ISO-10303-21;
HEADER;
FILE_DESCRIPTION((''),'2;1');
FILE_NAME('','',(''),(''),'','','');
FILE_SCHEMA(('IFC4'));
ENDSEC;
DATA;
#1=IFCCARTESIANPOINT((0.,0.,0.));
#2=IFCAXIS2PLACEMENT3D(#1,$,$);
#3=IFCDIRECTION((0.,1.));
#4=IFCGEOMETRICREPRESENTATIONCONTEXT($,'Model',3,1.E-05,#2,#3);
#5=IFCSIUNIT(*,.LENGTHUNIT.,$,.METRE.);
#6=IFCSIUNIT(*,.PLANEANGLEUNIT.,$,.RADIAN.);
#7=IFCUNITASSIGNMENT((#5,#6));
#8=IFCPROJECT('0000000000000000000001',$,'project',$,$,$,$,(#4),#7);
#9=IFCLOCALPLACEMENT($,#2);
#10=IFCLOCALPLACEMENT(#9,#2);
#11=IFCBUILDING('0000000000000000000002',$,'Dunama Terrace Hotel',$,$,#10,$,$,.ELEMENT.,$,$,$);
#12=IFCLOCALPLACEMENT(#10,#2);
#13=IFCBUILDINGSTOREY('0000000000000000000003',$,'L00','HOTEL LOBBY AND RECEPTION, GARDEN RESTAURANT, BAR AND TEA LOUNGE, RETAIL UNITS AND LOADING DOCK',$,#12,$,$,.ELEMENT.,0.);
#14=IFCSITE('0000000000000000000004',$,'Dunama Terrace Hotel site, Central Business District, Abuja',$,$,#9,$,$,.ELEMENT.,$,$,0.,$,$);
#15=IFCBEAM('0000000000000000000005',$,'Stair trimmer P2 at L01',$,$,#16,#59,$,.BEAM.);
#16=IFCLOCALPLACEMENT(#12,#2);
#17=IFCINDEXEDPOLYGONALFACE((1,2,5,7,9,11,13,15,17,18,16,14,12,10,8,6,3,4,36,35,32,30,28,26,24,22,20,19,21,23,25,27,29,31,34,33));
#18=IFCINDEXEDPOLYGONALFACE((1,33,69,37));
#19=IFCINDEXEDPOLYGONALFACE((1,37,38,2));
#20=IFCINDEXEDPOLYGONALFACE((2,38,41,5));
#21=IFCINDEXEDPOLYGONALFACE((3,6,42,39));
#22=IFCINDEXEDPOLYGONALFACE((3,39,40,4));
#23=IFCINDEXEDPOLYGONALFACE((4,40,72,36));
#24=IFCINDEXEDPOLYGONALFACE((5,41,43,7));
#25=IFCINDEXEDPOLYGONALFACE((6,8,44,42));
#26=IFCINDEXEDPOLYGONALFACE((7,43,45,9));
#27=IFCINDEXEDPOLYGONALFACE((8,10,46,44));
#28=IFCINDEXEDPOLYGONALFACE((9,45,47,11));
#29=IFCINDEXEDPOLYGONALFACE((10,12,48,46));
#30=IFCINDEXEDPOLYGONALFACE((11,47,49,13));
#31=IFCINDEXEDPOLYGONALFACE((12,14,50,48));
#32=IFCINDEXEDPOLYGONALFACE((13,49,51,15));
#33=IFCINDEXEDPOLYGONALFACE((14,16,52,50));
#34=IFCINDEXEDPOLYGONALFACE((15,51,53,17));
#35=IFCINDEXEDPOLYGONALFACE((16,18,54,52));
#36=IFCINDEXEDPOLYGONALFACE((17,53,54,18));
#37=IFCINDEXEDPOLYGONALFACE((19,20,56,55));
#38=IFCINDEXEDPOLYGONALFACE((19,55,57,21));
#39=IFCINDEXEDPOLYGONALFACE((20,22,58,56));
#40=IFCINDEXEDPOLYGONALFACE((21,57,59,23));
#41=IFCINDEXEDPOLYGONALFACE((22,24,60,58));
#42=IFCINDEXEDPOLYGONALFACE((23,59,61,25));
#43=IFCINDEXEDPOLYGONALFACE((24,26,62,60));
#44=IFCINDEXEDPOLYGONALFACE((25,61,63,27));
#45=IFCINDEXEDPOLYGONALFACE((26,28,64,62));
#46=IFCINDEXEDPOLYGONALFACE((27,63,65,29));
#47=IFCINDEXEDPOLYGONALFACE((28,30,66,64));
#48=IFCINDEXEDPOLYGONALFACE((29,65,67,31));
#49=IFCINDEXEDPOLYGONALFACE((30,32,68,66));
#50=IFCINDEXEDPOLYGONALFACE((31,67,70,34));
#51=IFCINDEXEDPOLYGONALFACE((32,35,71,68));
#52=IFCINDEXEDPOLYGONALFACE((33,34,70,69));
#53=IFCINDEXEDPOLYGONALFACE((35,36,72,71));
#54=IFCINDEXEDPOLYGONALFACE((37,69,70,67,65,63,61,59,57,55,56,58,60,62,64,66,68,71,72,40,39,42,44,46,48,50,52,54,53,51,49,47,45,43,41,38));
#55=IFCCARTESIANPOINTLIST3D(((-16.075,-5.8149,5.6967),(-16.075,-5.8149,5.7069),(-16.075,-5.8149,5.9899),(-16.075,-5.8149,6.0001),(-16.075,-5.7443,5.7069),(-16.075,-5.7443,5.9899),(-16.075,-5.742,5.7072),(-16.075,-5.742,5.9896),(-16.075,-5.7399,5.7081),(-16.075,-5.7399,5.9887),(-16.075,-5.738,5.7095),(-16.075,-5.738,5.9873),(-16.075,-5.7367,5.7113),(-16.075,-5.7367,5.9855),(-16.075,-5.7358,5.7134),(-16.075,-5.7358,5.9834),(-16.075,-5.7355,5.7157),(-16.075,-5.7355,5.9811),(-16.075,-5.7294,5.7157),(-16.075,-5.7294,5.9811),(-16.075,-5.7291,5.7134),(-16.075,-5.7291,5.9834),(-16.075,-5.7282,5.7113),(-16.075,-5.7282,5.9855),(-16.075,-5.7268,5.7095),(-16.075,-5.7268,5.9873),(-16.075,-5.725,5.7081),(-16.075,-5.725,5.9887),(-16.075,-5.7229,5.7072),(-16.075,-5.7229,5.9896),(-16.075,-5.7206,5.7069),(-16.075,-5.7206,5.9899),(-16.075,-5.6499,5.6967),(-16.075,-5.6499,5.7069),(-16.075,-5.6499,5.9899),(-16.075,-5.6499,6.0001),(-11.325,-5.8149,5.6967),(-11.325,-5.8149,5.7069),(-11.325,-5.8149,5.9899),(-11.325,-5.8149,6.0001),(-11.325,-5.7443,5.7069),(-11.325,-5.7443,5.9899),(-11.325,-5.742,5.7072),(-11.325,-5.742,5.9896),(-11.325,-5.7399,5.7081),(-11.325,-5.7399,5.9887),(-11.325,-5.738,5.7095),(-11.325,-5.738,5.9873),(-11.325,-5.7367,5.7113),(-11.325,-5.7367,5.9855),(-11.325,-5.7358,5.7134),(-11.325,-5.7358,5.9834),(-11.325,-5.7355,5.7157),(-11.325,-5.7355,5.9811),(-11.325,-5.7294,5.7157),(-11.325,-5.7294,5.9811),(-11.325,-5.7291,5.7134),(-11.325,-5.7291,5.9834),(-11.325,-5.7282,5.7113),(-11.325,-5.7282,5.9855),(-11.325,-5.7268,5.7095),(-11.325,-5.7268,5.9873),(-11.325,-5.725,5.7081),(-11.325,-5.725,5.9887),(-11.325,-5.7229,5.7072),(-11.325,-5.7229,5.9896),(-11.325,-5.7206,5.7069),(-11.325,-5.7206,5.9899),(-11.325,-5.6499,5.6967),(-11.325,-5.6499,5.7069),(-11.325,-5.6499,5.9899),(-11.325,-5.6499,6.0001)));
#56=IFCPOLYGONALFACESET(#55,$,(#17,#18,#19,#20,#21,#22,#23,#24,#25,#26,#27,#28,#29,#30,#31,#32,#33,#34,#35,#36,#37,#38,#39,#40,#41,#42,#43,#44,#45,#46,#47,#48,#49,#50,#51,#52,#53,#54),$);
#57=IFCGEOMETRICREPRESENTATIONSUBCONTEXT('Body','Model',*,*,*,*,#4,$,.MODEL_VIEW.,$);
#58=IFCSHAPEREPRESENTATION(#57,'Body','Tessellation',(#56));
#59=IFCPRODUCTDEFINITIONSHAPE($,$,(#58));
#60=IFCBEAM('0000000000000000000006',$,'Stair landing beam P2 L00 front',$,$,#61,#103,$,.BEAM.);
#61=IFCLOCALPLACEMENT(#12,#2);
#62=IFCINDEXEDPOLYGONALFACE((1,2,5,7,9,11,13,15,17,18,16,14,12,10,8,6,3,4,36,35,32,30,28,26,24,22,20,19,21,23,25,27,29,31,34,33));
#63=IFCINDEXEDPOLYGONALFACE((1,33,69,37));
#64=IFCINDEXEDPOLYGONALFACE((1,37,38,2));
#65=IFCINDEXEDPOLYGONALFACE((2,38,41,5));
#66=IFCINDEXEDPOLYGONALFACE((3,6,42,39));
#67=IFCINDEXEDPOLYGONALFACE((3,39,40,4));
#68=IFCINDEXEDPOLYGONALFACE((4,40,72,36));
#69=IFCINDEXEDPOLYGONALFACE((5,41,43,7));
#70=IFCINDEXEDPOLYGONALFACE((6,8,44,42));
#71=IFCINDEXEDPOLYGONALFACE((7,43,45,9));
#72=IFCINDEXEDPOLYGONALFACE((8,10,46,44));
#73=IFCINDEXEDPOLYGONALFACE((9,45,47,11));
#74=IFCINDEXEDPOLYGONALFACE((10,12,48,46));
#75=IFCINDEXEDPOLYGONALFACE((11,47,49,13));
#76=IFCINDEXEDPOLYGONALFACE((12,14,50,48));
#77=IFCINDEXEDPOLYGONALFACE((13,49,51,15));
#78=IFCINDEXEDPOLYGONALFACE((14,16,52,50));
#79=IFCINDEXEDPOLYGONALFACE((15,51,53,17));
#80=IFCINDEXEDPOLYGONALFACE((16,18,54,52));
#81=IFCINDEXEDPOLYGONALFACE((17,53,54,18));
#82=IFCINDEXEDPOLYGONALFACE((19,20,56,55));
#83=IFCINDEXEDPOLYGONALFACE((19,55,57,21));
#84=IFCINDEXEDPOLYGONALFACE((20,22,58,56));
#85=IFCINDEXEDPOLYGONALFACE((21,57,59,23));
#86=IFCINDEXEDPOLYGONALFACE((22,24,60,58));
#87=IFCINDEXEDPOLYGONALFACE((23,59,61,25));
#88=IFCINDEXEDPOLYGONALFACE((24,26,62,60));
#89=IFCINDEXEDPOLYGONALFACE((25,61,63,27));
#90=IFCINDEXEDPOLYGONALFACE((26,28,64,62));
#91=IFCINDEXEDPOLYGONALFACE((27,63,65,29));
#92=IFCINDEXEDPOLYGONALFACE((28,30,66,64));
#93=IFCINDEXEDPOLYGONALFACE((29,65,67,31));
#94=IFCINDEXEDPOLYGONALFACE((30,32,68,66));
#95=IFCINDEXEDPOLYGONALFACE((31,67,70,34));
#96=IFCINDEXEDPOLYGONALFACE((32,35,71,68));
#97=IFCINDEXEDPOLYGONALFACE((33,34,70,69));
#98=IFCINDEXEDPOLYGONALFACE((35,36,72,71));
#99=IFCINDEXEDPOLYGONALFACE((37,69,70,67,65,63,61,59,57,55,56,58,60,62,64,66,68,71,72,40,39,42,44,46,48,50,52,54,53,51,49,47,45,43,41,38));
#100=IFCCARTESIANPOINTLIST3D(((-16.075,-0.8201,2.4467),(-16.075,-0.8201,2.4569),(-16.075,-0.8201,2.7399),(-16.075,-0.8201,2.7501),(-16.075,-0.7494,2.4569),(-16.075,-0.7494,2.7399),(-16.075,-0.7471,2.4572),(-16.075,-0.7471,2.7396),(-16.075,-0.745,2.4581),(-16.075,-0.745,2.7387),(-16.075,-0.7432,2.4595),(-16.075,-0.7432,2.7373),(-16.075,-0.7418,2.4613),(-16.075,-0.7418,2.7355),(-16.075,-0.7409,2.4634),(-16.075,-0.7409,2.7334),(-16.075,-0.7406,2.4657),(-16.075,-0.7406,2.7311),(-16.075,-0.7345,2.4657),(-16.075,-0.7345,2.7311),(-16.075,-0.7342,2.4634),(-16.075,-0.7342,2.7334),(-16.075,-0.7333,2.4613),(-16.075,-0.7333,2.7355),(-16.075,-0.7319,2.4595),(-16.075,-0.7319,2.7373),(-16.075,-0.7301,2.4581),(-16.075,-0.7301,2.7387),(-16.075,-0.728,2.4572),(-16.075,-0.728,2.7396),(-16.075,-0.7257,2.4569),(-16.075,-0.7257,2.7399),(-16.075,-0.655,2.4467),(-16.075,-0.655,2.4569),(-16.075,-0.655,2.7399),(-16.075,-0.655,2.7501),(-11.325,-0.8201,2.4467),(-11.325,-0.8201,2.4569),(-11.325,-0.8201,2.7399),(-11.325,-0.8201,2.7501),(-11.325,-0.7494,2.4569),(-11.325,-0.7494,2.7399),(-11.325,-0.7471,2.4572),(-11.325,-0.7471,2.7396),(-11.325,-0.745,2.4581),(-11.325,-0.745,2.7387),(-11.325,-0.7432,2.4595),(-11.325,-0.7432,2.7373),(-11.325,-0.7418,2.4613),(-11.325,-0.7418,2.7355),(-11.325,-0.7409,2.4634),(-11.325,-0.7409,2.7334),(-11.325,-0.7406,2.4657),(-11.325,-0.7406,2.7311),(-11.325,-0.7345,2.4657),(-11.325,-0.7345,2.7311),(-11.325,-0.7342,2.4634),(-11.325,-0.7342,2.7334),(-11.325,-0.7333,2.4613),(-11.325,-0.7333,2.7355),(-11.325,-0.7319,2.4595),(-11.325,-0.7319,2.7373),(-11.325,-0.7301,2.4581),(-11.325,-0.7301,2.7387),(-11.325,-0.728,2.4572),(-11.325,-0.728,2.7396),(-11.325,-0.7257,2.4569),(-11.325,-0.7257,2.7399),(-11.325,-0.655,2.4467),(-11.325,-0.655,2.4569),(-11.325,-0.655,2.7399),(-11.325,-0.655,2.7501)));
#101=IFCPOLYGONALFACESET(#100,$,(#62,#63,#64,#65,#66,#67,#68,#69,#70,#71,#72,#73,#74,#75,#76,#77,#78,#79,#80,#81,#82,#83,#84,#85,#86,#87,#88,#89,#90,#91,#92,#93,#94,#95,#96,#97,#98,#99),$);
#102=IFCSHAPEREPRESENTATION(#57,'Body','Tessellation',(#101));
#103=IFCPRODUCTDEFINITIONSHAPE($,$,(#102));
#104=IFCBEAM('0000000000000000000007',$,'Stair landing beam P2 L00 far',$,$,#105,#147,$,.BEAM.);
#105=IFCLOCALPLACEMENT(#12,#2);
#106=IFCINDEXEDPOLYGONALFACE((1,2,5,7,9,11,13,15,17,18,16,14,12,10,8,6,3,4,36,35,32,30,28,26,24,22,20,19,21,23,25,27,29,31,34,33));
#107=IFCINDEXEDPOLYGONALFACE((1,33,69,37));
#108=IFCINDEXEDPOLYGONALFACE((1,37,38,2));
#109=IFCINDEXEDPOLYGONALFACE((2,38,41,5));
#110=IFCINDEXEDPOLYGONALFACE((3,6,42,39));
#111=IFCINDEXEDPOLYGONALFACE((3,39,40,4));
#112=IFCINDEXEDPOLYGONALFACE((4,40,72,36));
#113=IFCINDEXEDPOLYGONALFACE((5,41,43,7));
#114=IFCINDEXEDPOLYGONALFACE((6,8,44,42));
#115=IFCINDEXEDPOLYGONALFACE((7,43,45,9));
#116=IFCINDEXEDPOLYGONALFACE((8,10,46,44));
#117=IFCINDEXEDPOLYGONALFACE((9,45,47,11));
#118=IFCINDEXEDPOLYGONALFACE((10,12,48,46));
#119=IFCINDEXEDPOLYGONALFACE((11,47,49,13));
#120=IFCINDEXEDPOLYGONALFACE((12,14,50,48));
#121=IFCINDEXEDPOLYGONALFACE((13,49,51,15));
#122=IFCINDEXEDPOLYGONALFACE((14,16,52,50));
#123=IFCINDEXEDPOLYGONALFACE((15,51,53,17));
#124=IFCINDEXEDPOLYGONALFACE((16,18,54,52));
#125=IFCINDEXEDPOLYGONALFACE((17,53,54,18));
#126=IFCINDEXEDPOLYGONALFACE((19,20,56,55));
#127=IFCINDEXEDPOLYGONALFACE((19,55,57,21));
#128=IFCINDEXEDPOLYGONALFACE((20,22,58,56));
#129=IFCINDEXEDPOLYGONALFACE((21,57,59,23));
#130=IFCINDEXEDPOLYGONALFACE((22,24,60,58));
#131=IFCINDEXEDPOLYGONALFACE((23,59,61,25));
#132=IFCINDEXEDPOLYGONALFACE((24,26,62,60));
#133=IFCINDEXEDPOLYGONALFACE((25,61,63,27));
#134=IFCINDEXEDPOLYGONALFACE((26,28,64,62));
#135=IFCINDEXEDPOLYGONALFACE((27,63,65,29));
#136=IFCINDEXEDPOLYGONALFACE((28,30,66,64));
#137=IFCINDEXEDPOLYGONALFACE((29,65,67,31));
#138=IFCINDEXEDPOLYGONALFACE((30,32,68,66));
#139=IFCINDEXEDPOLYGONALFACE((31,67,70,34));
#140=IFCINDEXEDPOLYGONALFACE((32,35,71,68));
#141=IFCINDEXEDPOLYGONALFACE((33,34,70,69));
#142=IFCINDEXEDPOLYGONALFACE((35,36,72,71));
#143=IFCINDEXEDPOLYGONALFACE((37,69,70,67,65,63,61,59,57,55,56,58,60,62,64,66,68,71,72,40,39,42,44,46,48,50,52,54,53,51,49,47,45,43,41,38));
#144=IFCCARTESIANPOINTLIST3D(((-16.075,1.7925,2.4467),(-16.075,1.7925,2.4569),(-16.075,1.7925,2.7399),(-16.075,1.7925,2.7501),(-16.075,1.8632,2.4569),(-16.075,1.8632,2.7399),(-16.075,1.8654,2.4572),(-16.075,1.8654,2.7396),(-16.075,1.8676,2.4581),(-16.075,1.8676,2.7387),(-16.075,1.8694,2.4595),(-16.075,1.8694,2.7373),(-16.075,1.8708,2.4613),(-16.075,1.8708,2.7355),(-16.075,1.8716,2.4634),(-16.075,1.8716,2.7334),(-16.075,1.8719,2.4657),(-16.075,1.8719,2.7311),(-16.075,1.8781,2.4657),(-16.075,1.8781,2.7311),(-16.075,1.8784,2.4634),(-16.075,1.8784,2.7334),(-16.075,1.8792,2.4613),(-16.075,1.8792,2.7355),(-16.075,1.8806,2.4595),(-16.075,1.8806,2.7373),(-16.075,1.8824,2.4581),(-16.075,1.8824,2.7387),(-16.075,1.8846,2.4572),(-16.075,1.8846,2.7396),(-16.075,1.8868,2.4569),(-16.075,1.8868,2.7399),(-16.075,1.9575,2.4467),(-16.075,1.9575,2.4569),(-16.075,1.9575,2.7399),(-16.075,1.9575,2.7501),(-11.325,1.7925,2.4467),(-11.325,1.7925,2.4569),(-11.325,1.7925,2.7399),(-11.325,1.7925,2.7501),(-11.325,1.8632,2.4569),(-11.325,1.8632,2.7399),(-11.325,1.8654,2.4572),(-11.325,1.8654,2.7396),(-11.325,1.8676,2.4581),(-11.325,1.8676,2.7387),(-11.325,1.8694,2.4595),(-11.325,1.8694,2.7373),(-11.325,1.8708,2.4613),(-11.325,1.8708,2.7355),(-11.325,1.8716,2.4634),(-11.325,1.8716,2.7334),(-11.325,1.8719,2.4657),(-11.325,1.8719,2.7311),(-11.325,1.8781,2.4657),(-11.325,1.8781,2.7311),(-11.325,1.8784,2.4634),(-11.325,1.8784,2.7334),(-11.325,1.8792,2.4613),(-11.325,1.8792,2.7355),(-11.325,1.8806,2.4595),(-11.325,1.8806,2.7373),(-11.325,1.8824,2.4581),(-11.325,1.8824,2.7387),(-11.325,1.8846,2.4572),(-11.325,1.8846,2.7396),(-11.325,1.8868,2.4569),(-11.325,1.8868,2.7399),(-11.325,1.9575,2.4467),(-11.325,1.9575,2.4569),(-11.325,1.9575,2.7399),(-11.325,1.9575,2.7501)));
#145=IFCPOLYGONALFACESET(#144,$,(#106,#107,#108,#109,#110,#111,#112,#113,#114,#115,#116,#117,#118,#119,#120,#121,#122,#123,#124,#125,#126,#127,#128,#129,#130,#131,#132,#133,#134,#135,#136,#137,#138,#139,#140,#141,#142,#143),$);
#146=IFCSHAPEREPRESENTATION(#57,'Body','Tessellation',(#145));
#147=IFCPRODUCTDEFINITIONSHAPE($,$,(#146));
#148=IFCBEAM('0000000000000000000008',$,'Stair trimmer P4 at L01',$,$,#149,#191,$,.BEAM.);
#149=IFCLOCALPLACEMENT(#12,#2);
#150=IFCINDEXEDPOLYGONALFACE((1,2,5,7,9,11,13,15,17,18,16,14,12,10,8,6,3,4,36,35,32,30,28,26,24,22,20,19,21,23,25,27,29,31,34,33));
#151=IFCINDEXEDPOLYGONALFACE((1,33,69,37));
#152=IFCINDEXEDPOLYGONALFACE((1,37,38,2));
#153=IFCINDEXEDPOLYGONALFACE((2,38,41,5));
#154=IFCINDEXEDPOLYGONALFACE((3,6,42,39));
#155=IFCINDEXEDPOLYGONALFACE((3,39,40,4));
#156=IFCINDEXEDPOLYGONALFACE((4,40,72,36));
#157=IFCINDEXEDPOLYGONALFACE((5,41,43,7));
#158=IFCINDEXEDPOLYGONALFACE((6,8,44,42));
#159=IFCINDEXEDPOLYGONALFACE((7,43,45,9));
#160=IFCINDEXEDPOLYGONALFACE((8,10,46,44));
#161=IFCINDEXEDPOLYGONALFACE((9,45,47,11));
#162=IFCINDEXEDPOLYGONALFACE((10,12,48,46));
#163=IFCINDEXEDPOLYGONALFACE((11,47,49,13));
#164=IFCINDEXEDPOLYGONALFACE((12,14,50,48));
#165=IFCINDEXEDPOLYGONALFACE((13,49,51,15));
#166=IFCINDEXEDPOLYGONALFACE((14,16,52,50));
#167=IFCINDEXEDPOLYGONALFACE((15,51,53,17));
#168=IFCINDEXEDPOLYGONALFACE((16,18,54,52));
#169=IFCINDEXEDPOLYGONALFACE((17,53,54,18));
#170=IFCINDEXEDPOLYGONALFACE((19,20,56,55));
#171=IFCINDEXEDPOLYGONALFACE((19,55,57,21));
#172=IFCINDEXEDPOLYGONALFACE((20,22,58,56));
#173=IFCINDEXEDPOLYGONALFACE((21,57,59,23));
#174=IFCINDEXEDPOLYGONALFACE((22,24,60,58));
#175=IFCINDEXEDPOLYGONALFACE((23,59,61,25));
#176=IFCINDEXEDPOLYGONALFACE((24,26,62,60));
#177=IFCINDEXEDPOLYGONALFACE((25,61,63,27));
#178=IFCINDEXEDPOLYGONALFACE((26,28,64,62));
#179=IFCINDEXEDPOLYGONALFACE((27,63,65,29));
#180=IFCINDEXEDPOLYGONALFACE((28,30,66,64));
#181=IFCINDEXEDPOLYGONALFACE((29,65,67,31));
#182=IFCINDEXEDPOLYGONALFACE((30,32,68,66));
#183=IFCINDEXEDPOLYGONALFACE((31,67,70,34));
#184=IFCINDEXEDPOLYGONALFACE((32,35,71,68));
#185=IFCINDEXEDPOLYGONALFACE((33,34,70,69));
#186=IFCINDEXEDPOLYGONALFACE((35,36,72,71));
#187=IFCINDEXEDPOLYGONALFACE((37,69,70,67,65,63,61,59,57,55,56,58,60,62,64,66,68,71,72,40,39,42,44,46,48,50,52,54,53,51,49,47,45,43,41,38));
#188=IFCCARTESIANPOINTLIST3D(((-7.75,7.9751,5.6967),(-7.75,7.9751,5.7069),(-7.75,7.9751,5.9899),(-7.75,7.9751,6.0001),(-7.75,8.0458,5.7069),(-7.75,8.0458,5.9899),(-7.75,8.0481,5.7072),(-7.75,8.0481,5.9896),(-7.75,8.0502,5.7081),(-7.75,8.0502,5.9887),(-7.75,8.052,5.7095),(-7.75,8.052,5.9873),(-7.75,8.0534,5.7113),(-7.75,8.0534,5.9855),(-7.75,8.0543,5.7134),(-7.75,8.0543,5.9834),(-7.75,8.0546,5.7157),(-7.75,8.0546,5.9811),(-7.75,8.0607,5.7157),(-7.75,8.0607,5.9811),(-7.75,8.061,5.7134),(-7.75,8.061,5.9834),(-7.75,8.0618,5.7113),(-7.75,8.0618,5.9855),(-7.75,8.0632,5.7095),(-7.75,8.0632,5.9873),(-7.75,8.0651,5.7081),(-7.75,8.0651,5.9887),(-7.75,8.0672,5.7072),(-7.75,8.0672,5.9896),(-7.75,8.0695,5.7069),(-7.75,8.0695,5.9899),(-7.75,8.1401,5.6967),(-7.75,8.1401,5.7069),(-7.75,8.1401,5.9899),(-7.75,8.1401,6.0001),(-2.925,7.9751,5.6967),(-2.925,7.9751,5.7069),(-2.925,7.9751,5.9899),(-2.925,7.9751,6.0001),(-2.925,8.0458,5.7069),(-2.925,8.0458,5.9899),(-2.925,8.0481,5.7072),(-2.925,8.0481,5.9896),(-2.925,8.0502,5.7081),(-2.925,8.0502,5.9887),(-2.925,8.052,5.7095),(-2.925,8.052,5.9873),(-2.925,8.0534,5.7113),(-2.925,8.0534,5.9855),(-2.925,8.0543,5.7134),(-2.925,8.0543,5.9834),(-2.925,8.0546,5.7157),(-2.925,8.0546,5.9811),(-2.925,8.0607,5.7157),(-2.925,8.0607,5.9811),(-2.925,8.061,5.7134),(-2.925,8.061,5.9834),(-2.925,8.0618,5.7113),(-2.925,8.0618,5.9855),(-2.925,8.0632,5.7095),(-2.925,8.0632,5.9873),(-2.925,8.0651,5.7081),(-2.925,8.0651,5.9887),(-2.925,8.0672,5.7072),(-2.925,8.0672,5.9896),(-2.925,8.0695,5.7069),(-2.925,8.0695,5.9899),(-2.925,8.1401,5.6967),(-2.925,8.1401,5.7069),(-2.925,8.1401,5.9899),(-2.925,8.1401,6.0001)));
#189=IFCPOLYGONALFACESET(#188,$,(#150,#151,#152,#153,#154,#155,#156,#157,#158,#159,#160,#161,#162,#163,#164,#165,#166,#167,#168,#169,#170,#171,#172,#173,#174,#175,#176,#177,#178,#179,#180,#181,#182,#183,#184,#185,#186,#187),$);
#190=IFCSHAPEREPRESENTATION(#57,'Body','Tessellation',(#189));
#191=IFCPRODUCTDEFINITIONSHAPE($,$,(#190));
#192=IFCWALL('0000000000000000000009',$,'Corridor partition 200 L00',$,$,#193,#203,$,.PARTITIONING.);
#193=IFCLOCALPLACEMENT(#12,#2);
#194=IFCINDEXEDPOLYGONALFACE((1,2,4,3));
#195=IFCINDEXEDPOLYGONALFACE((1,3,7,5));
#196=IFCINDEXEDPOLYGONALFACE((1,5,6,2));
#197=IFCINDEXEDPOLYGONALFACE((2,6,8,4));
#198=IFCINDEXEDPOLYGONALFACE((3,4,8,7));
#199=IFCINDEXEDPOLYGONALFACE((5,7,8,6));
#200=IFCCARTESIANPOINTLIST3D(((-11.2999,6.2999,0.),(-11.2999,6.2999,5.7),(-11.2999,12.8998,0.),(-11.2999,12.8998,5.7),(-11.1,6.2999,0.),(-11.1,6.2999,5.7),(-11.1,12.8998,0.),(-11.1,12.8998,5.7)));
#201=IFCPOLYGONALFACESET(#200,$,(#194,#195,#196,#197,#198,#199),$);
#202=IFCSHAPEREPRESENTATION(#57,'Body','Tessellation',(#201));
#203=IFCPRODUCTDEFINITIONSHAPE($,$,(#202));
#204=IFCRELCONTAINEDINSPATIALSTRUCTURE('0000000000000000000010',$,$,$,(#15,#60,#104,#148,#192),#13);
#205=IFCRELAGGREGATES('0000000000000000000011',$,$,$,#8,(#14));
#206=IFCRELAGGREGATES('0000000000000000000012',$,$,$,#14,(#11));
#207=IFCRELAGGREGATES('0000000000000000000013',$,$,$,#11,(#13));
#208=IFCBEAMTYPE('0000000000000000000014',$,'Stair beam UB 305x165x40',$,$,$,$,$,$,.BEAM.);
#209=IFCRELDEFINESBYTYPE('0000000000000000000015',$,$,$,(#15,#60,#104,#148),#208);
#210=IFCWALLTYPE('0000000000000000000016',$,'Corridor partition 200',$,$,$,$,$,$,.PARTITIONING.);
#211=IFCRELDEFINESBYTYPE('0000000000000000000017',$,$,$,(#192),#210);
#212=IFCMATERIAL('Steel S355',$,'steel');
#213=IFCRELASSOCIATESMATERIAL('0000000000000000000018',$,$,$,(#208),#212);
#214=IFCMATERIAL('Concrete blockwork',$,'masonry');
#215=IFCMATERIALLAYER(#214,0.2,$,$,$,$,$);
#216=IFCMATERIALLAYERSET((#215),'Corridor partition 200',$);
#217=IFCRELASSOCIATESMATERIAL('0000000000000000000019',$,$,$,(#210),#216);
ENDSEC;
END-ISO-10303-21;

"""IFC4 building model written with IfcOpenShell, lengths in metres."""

from ifc_helpers import new_model, si_unit, direction, frame, frame_2d, origin, origin_2d, place, context, subcontext, project, spatial, rectangle, i_section, extrude, material, layer, layer_set, material_profile, profile_set, type_object, element, save


model = new_model("IFC4")

# Units and contexts
model_context = context("Model", 3, precision=1e-05, world=origin(), true_north=direction((0.0, 1.0)))
body_context = subcontext(model_context, "Body", "Model", "MODEL_VIEW")
ifc_project = project(units=[si_unit("LENGTHUNIT", "METRE"), si_unit("PLANEANGLEUNIT", "RADIAN")], contexts=[model_context])

# Site, building, storey
site_placement = place(None, origin())
site = spatial("IfcSite", under=ifc_project, at=site_placement, Name="Dunama Terrace Hotel site, Central Business District, Abuja", CompositionType="ELEMENT", RefElevation=0.0)
building_placement = place(site_placement, origin())
building = spatial("IfcBuilding", under=site, at=building_placement, Name="Dunama Terrace Hotel", CompositionType="ELEMENT")
storey_placement = place(building_placement, origin())
storey = spatial("IfcBuildingStorey", under=building, at=storey_placement, Name="L00", Description="HOTEL LOBBY AND RECEPTION, GARDEN RESTAURANT, BAR AND TEA LOUNGE, RETAIL UNITS AND LOADING DOCK", CompositionType="ELEMENT", Elevation=0.0)

# Beams
ifc_material_1 = material(Name="Steel S355", Category="steel")
ifc_material_profile_1 = material_profile(ifc_material_1, i_section(OverallWidth=0.165, OverallDepth=0.3035, WebThickness=0.0061, FlangeThickness=0.0103, FilletRadius=0.0088, at=origin_2d()), Name="UB 305x165x40")
ifc_profile_set_1 = profile_set([ifc_material_profile_1], Name="Steel S355")
beam_type = type_object("IfcBeamType", Name="Stair beam UB 305x165x40", PredefinedType="BEAM", material=ifc_profile_set_1)
for number, where, z_axis, x_axis, name in (
    (1, (-16.075, -5.7324, 5.8484), (1.0, 0.0, 0.0), (0.0, 1.0, 0.0), "Stair trimmer P2 at L01"),
    (2, (-16.075, -0.7375, 2.5984), (1.0, 0.0, 0.0), (0.0, 1.0, 0.0), "Stair landing beam P2 L00 front"),
    (3, (-16.075, 1.875, 2.5984), (1.0, 0.0, 0.0), (0.0, 1.0, 0.0), "Stair landing beam P2 L00 far"),
):
    element("IfcBeam", number, at=place(storey_placement, frame(where, z_axis=z_axis, x_axis=x_axis)), inside=storey, type_object=beam_type, Name=name, PredefinedType="BEAM", context=body_context, shape_type="SweptSolid", body=[
        extrude(i_section(OverallWidth=0.165, OverallDepth=0.3035, WebThickness=0.0061, FlangeThickness=0.0103, FilletRadius=0.0088, at=origin_2d()), origin(), (0.0, 0.0, 1.0), 4.75),
    ])
beam_placement = place(storey_placement, frame((-7.75, 8.0576, 5.8484), z_axis=(1.0, 0.0, 0.0), x_axis=(0.0, 1.0, 0.0)))
element("IfcBeam", 4, at=beam_placement, inside=storey, type_object=beam_type, Name="Stair trimmer P4 at L01", PredefinedType="BEAM", context=body_context, shape_type="SweptSolid", body=[
    extrude(i_section(OverallWidth=0.165, OverallDepth=0.3035, WebThickness=0.0061, FlangeThickness=0.0103, FilletRadius=0.0088, at=origin_2d()), origin(), (0.0, 0.0, 1.0), 4.825),
])

# Wall
ifc_material_2 = material(Name="Concrete blockwork", Category="masonry")
ifc_layer_1 = layer(ifc_material_2, 0.2)
ifc_layer_set_1 = layer_set([ifc_layer_1], Name="Corridor partition 200")
wall_type_1 = type_object("IfcWallType", Name="Corridor partition 200", PredefinedType="PARTITIONING", material=ifc_layer_set_1)
wall_1_placement = place(storey_placement, frame((-11.2, 6.3, 0.0), z_axis=(0.0, 0.0, 1.0), x_axis=(0.0, 1.0, 0.0)))
element("IfcWall", 5, at=wall_1_placement, inside=storey, type_object=wall_type_1, Name="Corridor partition 200 L00", PredefinedType="PARTITIONING", context=body_context, shape_type="SweptSolid", body=[
    extrude(rectangle(XDim=6.5999, YDim=0.2, at=frame_2d((3.2998, 0.0))), origin(), (0.0, 0.0, 1.0), 5.7),
])

save(model, "model.ifc")
